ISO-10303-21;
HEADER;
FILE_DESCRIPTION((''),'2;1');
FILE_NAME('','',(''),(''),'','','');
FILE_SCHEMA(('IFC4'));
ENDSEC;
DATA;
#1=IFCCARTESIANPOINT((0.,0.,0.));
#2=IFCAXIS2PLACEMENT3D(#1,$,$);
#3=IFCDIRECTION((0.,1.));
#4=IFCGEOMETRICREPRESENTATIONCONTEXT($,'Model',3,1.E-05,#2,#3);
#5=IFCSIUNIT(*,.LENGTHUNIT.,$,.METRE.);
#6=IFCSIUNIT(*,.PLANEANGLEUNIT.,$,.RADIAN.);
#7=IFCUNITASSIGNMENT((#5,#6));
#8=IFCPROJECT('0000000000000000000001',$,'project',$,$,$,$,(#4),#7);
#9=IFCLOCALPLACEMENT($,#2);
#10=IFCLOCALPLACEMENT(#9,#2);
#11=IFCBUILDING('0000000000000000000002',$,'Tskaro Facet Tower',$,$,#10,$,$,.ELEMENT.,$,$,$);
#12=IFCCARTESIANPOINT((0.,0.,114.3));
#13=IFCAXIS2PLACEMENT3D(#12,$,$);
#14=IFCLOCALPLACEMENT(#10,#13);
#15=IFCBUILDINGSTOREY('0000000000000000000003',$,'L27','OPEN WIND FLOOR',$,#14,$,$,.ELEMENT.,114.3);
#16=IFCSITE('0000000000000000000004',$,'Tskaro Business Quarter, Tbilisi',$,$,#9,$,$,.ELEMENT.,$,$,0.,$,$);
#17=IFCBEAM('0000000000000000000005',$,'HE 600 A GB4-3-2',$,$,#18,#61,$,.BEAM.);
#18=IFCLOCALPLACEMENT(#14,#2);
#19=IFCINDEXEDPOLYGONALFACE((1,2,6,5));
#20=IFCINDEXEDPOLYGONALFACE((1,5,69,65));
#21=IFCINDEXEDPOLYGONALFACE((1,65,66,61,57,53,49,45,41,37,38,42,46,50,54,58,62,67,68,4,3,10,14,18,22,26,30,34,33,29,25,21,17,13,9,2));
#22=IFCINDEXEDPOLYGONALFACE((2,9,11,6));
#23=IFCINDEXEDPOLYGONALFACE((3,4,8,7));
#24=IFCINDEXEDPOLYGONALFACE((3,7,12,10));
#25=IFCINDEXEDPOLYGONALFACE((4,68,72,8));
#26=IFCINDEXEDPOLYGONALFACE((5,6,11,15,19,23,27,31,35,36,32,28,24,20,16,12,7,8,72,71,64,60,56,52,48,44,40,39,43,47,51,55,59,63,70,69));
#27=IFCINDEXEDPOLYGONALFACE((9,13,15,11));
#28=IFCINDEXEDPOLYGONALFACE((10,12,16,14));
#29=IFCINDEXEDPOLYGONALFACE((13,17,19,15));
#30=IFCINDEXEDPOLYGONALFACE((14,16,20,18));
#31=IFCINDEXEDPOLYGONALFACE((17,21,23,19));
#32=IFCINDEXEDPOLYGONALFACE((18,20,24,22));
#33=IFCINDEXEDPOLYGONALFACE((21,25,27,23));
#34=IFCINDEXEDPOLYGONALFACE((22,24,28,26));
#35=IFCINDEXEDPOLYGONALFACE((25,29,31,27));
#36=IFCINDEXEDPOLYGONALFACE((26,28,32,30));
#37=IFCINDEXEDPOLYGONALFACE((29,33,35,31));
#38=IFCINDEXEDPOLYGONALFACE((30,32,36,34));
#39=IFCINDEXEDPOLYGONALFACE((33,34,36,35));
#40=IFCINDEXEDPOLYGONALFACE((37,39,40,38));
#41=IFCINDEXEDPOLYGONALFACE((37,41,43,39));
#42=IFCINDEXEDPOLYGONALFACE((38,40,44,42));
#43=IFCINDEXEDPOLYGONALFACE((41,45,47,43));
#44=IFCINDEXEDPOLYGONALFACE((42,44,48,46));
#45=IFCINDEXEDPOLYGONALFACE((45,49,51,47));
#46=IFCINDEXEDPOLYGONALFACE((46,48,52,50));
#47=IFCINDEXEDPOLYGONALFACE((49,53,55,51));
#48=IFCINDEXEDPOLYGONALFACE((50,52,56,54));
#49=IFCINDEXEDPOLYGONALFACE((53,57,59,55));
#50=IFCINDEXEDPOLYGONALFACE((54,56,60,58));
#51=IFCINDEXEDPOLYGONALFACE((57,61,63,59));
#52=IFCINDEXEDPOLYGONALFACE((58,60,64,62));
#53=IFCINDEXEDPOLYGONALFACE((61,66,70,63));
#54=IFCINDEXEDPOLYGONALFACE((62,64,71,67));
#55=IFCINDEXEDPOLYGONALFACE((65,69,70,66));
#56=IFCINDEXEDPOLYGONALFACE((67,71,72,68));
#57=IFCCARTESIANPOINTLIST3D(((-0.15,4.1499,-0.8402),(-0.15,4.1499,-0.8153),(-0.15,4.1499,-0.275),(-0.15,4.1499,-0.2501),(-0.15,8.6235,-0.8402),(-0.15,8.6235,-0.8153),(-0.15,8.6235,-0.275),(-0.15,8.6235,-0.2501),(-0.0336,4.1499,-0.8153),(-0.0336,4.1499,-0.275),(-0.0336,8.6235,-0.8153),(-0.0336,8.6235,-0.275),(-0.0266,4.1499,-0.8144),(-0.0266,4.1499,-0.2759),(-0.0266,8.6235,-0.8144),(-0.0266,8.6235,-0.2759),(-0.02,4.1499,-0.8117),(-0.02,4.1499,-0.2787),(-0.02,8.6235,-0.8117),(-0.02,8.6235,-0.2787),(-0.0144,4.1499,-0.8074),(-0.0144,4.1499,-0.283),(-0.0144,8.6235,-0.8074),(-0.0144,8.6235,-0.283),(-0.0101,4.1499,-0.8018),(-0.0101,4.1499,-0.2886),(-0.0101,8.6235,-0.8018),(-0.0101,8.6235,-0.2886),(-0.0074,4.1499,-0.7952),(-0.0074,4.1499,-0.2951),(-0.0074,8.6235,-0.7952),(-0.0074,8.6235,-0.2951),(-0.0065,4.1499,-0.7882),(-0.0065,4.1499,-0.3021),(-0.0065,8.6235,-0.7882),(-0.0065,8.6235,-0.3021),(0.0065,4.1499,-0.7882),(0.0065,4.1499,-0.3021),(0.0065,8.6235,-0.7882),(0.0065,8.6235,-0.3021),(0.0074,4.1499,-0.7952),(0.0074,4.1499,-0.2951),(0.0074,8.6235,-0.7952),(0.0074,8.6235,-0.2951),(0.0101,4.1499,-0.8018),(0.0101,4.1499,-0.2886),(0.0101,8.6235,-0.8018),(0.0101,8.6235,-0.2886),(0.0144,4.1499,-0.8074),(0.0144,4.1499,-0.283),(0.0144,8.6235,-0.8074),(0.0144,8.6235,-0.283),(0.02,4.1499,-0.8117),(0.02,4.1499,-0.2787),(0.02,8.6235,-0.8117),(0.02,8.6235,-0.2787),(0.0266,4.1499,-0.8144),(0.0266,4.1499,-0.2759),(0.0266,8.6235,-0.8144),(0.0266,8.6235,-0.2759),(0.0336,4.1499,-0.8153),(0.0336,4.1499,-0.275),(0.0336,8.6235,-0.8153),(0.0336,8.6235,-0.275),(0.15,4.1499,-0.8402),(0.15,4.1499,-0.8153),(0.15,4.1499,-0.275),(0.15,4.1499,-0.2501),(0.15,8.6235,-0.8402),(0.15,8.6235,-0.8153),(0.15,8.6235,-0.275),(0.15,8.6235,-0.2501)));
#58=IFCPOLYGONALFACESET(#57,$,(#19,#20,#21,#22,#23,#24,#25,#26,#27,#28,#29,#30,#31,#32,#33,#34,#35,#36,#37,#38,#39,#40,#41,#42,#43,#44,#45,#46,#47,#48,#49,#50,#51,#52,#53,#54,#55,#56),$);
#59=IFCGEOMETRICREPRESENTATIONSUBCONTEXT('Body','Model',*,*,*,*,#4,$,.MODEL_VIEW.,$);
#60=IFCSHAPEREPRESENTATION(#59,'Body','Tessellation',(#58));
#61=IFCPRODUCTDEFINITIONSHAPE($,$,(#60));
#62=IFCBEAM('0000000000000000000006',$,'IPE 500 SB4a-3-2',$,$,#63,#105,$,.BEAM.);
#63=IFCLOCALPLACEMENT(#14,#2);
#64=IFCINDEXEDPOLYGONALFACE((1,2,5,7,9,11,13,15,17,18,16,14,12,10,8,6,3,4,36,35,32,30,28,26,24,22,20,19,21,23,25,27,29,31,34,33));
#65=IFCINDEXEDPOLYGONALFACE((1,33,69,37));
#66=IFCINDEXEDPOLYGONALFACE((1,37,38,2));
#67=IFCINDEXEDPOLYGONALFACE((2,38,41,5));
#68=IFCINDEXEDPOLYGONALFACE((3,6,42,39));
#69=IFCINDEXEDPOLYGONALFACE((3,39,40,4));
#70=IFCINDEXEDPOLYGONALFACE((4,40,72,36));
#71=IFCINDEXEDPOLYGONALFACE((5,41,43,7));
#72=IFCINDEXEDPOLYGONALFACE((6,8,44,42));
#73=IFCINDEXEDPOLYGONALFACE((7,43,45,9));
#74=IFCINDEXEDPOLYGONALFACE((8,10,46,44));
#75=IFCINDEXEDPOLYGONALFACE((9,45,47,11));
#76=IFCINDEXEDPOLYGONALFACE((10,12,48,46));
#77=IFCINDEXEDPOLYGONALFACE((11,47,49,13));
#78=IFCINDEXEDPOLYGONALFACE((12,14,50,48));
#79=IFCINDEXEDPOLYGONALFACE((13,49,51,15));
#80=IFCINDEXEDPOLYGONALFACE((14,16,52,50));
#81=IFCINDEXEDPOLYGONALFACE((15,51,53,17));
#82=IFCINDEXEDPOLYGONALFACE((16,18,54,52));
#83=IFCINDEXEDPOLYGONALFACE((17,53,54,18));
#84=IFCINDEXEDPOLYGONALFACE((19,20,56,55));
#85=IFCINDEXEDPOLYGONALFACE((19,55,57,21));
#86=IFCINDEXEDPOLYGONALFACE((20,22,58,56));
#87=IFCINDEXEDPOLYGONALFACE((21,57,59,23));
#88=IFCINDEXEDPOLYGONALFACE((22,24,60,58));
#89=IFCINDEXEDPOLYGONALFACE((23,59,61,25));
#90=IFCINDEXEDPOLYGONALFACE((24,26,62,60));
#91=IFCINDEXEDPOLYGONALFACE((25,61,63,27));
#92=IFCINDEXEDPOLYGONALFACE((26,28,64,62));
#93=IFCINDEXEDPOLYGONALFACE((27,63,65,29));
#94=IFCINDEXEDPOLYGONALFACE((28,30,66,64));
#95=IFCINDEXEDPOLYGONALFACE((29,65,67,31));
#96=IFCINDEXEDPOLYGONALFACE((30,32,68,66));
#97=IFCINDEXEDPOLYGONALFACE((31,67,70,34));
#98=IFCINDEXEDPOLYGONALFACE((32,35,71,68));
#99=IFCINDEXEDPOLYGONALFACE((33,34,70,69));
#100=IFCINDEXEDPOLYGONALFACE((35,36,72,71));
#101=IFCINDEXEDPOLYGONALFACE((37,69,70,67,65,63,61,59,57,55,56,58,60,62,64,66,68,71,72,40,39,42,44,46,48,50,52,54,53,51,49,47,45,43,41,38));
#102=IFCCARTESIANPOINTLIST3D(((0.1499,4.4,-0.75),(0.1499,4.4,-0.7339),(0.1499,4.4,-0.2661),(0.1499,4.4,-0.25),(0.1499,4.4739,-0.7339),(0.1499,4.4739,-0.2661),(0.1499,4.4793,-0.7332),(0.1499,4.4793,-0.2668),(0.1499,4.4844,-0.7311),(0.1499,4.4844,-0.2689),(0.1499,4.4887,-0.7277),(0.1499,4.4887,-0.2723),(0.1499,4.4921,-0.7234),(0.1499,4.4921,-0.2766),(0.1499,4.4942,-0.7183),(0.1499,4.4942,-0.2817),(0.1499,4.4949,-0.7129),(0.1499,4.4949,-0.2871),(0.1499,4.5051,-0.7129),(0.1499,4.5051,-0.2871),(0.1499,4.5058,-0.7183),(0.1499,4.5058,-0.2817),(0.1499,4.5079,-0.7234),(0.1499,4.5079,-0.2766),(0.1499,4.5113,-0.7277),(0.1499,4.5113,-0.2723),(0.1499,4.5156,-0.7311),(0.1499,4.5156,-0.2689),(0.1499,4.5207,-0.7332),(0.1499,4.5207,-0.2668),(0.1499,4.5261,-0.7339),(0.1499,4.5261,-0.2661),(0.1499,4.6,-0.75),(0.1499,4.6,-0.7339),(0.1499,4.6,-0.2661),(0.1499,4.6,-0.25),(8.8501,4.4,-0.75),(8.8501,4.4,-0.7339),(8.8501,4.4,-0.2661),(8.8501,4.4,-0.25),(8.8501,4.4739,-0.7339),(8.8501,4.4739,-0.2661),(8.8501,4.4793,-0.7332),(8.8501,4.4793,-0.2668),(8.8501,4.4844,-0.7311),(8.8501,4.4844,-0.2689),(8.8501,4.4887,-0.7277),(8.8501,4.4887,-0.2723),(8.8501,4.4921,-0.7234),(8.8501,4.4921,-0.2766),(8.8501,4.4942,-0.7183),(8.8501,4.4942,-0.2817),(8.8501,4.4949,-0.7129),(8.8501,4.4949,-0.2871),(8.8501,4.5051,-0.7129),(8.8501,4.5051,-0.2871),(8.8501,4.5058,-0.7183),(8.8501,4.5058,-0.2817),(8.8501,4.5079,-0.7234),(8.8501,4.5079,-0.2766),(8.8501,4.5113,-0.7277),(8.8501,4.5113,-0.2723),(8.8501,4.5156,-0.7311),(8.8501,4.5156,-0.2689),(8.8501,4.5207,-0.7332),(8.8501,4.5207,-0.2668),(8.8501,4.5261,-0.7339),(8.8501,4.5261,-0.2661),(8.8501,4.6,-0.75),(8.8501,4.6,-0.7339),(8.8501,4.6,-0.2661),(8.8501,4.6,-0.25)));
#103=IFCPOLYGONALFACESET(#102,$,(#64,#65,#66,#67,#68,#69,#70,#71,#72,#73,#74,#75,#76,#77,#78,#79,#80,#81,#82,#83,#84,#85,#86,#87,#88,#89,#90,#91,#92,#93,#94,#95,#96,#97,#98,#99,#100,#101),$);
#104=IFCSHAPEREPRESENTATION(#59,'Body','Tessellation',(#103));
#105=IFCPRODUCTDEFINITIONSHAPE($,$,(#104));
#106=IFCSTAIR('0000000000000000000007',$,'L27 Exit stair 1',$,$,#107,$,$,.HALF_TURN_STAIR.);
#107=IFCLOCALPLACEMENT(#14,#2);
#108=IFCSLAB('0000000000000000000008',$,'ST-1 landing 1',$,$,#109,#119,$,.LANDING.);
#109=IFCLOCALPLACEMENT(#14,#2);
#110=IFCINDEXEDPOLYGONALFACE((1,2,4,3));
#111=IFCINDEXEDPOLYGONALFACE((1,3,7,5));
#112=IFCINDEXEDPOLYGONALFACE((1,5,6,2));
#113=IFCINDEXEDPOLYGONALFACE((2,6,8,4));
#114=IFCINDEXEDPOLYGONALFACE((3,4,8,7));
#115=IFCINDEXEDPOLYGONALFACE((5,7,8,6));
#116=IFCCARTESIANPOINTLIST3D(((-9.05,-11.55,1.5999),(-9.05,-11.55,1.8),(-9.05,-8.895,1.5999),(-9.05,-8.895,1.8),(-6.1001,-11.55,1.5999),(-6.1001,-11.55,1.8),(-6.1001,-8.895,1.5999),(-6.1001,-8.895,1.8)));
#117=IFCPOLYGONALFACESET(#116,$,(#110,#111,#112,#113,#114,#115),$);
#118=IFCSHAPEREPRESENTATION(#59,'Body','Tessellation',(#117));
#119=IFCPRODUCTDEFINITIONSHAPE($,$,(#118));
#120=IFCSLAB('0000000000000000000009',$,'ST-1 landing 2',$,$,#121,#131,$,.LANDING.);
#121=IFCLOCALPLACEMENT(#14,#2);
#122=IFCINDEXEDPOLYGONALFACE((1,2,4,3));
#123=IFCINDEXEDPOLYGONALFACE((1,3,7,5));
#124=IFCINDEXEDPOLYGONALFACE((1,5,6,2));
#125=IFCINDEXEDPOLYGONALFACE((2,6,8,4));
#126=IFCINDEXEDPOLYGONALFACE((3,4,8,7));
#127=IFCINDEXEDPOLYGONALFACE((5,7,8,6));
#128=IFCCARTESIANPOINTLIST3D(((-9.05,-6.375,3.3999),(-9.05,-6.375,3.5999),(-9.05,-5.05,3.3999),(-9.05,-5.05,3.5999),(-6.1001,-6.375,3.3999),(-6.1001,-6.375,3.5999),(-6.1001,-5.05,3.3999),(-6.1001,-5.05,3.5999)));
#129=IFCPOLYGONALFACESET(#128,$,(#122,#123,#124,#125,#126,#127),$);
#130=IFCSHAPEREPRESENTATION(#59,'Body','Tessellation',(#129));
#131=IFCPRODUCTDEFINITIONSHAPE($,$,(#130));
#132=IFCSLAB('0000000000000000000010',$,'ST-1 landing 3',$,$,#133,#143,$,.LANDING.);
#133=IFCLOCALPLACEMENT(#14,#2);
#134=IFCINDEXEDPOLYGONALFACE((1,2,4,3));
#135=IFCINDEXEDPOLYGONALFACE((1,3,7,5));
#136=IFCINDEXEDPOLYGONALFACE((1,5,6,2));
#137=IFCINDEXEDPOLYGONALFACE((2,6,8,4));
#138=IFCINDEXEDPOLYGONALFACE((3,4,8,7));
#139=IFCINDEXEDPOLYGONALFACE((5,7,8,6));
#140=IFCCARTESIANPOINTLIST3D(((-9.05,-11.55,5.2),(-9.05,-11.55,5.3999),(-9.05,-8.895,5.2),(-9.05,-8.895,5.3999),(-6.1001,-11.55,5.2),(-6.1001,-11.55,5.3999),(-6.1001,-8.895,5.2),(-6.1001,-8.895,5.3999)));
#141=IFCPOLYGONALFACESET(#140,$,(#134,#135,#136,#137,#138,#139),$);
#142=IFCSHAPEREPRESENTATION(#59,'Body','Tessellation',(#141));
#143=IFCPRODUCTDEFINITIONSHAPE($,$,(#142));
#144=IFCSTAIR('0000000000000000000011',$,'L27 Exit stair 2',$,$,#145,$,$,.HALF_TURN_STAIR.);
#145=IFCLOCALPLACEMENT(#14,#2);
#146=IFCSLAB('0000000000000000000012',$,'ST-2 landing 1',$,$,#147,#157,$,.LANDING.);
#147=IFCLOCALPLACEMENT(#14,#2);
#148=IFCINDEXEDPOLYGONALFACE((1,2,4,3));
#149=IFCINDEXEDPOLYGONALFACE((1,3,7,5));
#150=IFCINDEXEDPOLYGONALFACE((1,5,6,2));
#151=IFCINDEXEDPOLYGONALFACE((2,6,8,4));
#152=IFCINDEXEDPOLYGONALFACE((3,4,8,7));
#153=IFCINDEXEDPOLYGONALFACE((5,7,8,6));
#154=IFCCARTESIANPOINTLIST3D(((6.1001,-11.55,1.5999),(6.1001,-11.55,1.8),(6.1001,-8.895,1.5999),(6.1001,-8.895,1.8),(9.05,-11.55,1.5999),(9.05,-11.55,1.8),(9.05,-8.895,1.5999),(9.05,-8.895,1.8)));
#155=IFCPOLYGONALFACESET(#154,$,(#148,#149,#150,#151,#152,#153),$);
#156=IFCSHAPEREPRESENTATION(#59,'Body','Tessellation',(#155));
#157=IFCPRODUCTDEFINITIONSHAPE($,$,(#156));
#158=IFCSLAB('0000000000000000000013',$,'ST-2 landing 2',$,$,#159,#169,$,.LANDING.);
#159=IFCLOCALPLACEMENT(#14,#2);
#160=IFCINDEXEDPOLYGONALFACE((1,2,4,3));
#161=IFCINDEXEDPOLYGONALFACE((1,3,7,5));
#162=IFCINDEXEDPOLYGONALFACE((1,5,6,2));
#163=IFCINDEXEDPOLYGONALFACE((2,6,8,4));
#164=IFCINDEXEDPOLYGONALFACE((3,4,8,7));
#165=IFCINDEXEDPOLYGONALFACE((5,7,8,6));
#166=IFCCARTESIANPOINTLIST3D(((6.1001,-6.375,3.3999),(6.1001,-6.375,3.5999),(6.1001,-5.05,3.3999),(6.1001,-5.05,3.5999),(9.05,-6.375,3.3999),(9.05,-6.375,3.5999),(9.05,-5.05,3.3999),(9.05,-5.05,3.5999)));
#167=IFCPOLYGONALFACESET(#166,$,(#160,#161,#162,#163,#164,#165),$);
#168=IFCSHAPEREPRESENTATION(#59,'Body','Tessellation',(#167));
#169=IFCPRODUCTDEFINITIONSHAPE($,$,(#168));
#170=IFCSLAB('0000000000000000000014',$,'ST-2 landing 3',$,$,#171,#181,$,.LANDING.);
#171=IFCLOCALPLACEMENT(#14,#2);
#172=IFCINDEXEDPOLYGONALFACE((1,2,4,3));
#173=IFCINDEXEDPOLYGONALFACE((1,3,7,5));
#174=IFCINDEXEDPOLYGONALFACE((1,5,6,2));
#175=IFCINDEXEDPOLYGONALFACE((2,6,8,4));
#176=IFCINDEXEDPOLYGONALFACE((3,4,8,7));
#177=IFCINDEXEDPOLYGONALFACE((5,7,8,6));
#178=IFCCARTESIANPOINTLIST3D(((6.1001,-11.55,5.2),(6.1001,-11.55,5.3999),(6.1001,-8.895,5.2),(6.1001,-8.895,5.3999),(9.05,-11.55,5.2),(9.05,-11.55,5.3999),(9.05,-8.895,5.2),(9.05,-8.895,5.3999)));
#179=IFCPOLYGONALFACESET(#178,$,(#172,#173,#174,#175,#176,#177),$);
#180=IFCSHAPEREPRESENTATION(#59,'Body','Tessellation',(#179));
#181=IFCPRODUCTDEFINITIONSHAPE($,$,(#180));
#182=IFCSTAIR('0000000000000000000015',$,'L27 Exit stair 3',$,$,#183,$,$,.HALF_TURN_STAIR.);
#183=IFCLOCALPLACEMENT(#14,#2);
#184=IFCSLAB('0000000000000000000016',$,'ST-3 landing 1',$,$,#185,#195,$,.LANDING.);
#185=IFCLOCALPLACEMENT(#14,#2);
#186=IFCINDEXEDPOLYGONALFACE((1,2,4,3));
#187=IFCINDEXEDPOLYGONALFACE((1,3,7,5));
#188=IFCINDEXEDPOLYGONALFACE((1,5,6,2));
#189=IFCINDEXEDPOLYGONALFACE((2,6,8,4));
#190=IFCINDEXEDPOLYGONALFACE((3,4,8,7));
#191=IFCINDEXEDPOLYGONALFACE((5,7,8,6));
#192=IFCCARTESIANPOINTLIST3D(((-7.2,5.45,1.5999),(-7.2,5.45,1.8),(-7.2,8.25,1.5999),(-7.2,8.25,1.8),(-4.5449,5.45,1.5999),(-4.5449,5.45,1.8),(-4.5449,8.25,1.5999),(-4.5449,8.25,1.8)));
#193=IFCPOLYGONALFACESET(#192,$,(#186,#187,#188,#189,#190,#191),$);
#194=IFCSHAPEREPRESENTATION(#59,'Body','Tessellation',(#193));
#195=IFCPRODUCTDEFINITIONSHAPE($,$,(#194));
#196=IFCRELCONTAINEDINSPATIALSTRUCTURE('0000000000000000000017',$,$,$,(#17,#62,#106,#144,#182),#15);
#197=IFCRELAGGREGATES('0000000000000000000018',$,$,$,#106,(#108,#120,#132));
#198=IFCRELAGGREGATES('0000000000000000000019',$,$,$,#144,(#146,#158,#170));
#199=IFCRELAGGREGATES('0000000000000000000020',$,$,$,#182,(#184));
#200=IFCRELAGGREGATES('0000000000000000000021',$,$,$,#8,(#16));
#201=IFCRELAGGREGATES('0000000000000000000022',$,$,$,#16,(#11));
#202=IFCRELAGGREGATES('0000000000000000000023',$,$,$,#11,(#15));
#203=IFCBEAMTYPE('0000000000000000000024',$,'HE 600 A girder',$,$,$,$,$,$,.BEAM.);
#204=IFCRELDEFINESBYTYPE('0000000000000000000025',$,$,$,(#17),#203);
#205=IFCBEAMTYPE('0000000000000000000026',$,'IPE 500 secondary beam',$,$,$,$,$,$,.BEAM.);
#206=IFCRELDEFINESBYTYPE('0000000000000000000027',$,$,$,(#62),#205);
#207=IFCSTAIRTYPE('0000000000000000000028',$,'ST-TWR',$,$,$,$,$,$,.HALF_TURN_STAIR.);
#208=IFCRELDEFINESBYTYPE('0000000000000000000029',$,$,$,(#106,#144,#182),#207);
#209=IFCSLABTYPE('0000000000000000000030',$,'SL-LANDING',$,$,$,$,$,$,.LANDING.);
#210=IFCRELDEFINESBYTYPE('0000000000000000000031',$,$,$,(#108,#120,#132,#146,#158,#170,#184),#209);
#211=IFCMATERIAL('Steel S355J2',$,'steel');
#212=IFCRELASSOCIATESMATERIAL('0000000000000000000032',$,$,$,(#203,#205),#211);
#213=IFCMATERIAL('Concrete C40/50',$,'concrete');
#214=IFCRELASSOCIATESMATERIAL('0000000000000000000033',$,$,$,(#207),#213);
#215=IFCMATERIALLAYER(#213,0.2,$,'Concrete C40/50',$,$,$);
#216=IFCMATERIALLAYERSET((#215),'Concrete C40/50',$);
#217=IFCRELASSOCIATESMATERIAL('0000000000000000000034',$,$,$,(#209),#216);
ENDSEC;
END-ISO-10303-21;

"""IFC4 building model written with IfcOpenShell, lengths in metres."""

from ifc_helpers import new_model, si_unit, direction, frame, origin, origin_2d, place, context, subcontext, project, spatial, polyline, i_section, outline, extrude, material, layer, layer_set, material_profile, profile_set, type_object, element, aggregate, save


model = new_model("IFC4")

# Units and contexts
model_context = context("Model", 3, precision=1e-05, world=origin(), true_north=direction((0.0, 1.0)))
body_context = subcontext(model_context, "Body", "Model", "MODEL_VIEW")
ifc_project = project(units=[si_unit("LENGTHUNIT", "METRE"), si_unit("PLANEANGLEUNIT", "RADIAN")], contexts=[model_context])

# Site, building, storey
site_placement = place(None, origin())
site = spatial("IfcSite", under=ifc_project, at=site_placement, Name="Tskaro Business Quarter, Tbilisi", CompositionType="ELEMENT", RefElevation=0.0)
building_placement = place(site_placement, origin())
building = spatial("IfcBuilding", under=site, at=building_placement, Name="Tskaro Facet Tower", CompositionType="ELEMENT")
storey_placement = place(building_placement, frame((0.0, 0.0, 114.3)))
storey = spatial("IfcBuildingStorey", under=building, at=storey_placement, Name="L27", Description="OPEN WIND FLOOR", CompositionType="ELEMENT", Elevation=114.3)

# Beams
ifc_material_1 = material(Name="Steel S355J2", Category="steel")
ifc_material_profile_1 = material_profile(ifc_material_1, i_section(OverallWidth=0.3, OverallDepth=0.5901, WebThickness=0.0129, FlangeThickness=0.0249, FilletRadius=0.0271, at=origin_2d()), Name="HE 600 A")
ifc_profile_set_1 = profile_set([ifc_material_profile_1], Name="Steel S355J2")
beam_type_1 = type_object("IfcBeamType", Name="HE 600 A girder", PredefinedType="BEAM", material=ifc_profile_set_1)
beam_1_placement = place(storey_placement, frame((0.0, 4.1499, -0.5452), z_axis=(0.0, 1.0, 0.0), x_axis=(-1.0, 0.0, 0.0)))
element("IfcBeam", 1, at=beam_1_placement, inside=storey, type_object=beam_type_1, Name="HE 600 A GB4-3-2", PredefinedType="BEAM", context=body_context, shape_type="SweptSolid", body=[
    extrude(i_section(OverallWidth=0.3, OverallDepth=0.5901, WebThickness=0.0129, FlangeThickness=0.0249, FilletRadius=0.0271, at=origin_2d()), origin(), (0.0, 0.0, 1.0), 4.4736),
])
ifc_material_profile_2 = material_profile(ifc_material_1, i_section(OverallWidth=0.2, OverallDepth=0.5, WebThickness=0.0103, FlangeThickness=0.0161, FilletRadius=0.021, at=origin_2d()), Name="IPE 500")
ifc_profile_set_2 = profile_set([ifc_material_profile_2], Name="Steel S355J2")
beam_type_2 = type_object("IfcBeamType", Name="IPE 500 secondary beam", PredefinedType="BEAM", material=ifc_profile_set_2)
beam_2_placement = place(storey_placement, frame((0.1499, 4.5, -0.5), z_axis=(1.0, 0.0, 0.0), x_axis=(0.0, 1.0, 0.0)))
element("IfcBeam", 2, at=beam_2_placement, inside=storey, type_object=beam_type_2, Name="IPE 500 SB4a-3-2", PredefinedType="BEAM", context=body_context, shape_type="SweptSolid", body=[
    extrude(i_section(OverallWidth=0.2, OverallDepth=0.5, WebThickness=0.0103, FlangeThickness=0.0161, FilletRadius=0.021, at=origin_2d()), origin(), (0.0, 0.0, 1.0), 8.7002),
])

# Stairs, slabs
ifc_material_2 = material(Name="Concrete C40/50", Category="concrete")
stair_type = type_object("IfcStairType", Name="ST-TWR", PredefinedType="HALF_TURN_STAIR", material=ifc_material_2)
stair_1_placement = place(storey_placement, origin())
stair_1 = element("IfcStair", 3, at=stair_1_placement, inside=storey, type_object=stair_type, Name="L27 Exit stair 1", PredefinedType="HALF_TURN_STAIR")
ifc_layer_1 = layer(ifc_material_2, 0.2, Name="Concrete C40/50")
ifc_layer_set_1 = layer_set([ifc_layer_1], Name="Concrete C40/50")
slab_type_1 = type_object("IfcSlabType", Name="SL-LANDING", PredefinedType="LANDING", material=ifc_layer_set_1)
slab_1_placement = place(storey_placement, frame((0.0, 0.0, 1.5999)))
slab_1 = element("IfcSlab", 4, at=slab_1_placement, type_object=slab_type_1, Name="ST-1 landing 1", PredefinedType="LANDING", context=body_context, shape_type="SweptSolid", body=[
    extrude(outline(polyline([(-9.05, -11.55), (-6.1001, -11.55), (-6.1001, -8.895), (-9.05, -8.895), (-9.05, -11.55)])), origin(), (0.0, 0.0, 1.0), 0.2002),
])
slab_2_placement = place(storey_placement, frame((0.0, 0.0, 3.3999)))
slab_2 = element("IfcSlab", 5, at=slab_2_placement, type_object=slab_type_1, Name="ST-1 landing 2", PredefinedType="LANDING", context=body_context, shape_type="SweptSolid", body=[
    extrude(outline(polyline([(-9.05, -6.375), (-6.1001, -6.375), (-6.1001, -5.05), (-9.05, -5.05), (-9.05, -6.375)])), origin(), (0.0, 0.0, 1.0), 0.2),
])
slab_3_placement = place(storey_placement, frame((0.0, 0.0, 5.2)))
slab_3 = element("IfcSlab", 6, at=slab_3_placement, type_object=slab_type_1, Name="ST-1 landing 3", PredefinedType="LANDING", context=body_context, shape_type="SweptSolid", body=[
    extrude(outline(polyline([(-9.05, -11.55), (-6.1001, -11.55), (-6.1001, -8.895), (-9.05, -8.895), (-9.05, -11.55)])), origin(), (0.0, 0.0, 1.0), 0.2),
])
aggregate(stair_1, [slab_1, slab_2, slab_3])
stair_2_placement = place(storey_placement, origin())
stair_2 = element("IfcStair", 7, at=stair_2_placement, inside=storey, type_object=stair_type, Name="L27 Exit stair 2", PredefinedType="HALF_TURN_STAIR")
slab_4_placement = place(storey_placement, frame((0.0, 0.0, 1.5999)))
slab_4 = element("IfcSlab", 8, at=slab_4_placement, type_object=slab_type_1, Name="ST-2 landing 1", PredefinedType="LANDING", context=body_context, shape_type="SweptSolid", body=[
    extrude(outline(polyline([(6.1001, -11.55), (9.05, -11.55), (9.05, -8.895), (6.1001, -8.895), (6.1001, -11.55)])), origin(), (0.0, 0.0, 1.0), 0.2002),
])
slab_5_placement = place(storey_placement, frame((0.0, 0.0, 3.3999)))
slab_5 = element("IfcSlab", 9, at=slab_5_placement, type_object=slab_type_1, Name="ST-2 landing 2", PredefinedType="LANDING", context=body_context, shape_type="SweptSolid", body=[
    extrude(outline(polyline([(6.1001, -6.375), (9.05, -6.375), (9.05, -5.05), (6.1001, -5.05), (6.1001, -6.375)])), origin(), (0.0, 0.0, 1.0), 0.2),
])
slab_6_placement = place(storey_placement, frame((0.0, 0.0, 5.2)))
slab_6 = element("IfcSlab", 10, at=slab_6_placement, type_object=slab_type_1, Name="ST-2 landing 3", PredefinedType="LANDING", context=body_context, shape_type="SweptSolid", body=[
    extrude(outline(polyline([(6.1001, -11.55), (9.05, -11.55), (9.05, -8.895), (6.1001, -8.895), (6.1001, -11.55)])), origin(), (0.0, 0.0, 1.0), 0.2),
])
aggregate(stair_2, [slab_4, slab_5, slab_6])
stair_3_placement = place(storey_placement, origin())
stair_3 = element("IfcStair", 11, at=stair_3_placement, inside=storey, type_object=stair_type, Name="L27 Exit stair 3", PredefinedType="HALF_TURN_STAIR")
slab_7_placement = place(storey_placement, frame((0.0, 0.0, 1.5999)))
slab_7 = element("IfcSlab", 12, at=slab_7_placement, type_object=slab_type_1, Name="ST-3 landing 1", PredefinedType="LANDING", context=body_context, shape_type="SweptSolid", body=[
    extrude(outline(polyline([(-7.2, 5.45), (-4.5449, 5.45), (-4.5449, 8.25), (-7.2, 8.25), (-7.2, 5.45)])), origin(), (0.0, 0.0, 1.0), 0.2002),
])

aggregate(stair_3, [slab_7])

save(model, "model.ifc")
